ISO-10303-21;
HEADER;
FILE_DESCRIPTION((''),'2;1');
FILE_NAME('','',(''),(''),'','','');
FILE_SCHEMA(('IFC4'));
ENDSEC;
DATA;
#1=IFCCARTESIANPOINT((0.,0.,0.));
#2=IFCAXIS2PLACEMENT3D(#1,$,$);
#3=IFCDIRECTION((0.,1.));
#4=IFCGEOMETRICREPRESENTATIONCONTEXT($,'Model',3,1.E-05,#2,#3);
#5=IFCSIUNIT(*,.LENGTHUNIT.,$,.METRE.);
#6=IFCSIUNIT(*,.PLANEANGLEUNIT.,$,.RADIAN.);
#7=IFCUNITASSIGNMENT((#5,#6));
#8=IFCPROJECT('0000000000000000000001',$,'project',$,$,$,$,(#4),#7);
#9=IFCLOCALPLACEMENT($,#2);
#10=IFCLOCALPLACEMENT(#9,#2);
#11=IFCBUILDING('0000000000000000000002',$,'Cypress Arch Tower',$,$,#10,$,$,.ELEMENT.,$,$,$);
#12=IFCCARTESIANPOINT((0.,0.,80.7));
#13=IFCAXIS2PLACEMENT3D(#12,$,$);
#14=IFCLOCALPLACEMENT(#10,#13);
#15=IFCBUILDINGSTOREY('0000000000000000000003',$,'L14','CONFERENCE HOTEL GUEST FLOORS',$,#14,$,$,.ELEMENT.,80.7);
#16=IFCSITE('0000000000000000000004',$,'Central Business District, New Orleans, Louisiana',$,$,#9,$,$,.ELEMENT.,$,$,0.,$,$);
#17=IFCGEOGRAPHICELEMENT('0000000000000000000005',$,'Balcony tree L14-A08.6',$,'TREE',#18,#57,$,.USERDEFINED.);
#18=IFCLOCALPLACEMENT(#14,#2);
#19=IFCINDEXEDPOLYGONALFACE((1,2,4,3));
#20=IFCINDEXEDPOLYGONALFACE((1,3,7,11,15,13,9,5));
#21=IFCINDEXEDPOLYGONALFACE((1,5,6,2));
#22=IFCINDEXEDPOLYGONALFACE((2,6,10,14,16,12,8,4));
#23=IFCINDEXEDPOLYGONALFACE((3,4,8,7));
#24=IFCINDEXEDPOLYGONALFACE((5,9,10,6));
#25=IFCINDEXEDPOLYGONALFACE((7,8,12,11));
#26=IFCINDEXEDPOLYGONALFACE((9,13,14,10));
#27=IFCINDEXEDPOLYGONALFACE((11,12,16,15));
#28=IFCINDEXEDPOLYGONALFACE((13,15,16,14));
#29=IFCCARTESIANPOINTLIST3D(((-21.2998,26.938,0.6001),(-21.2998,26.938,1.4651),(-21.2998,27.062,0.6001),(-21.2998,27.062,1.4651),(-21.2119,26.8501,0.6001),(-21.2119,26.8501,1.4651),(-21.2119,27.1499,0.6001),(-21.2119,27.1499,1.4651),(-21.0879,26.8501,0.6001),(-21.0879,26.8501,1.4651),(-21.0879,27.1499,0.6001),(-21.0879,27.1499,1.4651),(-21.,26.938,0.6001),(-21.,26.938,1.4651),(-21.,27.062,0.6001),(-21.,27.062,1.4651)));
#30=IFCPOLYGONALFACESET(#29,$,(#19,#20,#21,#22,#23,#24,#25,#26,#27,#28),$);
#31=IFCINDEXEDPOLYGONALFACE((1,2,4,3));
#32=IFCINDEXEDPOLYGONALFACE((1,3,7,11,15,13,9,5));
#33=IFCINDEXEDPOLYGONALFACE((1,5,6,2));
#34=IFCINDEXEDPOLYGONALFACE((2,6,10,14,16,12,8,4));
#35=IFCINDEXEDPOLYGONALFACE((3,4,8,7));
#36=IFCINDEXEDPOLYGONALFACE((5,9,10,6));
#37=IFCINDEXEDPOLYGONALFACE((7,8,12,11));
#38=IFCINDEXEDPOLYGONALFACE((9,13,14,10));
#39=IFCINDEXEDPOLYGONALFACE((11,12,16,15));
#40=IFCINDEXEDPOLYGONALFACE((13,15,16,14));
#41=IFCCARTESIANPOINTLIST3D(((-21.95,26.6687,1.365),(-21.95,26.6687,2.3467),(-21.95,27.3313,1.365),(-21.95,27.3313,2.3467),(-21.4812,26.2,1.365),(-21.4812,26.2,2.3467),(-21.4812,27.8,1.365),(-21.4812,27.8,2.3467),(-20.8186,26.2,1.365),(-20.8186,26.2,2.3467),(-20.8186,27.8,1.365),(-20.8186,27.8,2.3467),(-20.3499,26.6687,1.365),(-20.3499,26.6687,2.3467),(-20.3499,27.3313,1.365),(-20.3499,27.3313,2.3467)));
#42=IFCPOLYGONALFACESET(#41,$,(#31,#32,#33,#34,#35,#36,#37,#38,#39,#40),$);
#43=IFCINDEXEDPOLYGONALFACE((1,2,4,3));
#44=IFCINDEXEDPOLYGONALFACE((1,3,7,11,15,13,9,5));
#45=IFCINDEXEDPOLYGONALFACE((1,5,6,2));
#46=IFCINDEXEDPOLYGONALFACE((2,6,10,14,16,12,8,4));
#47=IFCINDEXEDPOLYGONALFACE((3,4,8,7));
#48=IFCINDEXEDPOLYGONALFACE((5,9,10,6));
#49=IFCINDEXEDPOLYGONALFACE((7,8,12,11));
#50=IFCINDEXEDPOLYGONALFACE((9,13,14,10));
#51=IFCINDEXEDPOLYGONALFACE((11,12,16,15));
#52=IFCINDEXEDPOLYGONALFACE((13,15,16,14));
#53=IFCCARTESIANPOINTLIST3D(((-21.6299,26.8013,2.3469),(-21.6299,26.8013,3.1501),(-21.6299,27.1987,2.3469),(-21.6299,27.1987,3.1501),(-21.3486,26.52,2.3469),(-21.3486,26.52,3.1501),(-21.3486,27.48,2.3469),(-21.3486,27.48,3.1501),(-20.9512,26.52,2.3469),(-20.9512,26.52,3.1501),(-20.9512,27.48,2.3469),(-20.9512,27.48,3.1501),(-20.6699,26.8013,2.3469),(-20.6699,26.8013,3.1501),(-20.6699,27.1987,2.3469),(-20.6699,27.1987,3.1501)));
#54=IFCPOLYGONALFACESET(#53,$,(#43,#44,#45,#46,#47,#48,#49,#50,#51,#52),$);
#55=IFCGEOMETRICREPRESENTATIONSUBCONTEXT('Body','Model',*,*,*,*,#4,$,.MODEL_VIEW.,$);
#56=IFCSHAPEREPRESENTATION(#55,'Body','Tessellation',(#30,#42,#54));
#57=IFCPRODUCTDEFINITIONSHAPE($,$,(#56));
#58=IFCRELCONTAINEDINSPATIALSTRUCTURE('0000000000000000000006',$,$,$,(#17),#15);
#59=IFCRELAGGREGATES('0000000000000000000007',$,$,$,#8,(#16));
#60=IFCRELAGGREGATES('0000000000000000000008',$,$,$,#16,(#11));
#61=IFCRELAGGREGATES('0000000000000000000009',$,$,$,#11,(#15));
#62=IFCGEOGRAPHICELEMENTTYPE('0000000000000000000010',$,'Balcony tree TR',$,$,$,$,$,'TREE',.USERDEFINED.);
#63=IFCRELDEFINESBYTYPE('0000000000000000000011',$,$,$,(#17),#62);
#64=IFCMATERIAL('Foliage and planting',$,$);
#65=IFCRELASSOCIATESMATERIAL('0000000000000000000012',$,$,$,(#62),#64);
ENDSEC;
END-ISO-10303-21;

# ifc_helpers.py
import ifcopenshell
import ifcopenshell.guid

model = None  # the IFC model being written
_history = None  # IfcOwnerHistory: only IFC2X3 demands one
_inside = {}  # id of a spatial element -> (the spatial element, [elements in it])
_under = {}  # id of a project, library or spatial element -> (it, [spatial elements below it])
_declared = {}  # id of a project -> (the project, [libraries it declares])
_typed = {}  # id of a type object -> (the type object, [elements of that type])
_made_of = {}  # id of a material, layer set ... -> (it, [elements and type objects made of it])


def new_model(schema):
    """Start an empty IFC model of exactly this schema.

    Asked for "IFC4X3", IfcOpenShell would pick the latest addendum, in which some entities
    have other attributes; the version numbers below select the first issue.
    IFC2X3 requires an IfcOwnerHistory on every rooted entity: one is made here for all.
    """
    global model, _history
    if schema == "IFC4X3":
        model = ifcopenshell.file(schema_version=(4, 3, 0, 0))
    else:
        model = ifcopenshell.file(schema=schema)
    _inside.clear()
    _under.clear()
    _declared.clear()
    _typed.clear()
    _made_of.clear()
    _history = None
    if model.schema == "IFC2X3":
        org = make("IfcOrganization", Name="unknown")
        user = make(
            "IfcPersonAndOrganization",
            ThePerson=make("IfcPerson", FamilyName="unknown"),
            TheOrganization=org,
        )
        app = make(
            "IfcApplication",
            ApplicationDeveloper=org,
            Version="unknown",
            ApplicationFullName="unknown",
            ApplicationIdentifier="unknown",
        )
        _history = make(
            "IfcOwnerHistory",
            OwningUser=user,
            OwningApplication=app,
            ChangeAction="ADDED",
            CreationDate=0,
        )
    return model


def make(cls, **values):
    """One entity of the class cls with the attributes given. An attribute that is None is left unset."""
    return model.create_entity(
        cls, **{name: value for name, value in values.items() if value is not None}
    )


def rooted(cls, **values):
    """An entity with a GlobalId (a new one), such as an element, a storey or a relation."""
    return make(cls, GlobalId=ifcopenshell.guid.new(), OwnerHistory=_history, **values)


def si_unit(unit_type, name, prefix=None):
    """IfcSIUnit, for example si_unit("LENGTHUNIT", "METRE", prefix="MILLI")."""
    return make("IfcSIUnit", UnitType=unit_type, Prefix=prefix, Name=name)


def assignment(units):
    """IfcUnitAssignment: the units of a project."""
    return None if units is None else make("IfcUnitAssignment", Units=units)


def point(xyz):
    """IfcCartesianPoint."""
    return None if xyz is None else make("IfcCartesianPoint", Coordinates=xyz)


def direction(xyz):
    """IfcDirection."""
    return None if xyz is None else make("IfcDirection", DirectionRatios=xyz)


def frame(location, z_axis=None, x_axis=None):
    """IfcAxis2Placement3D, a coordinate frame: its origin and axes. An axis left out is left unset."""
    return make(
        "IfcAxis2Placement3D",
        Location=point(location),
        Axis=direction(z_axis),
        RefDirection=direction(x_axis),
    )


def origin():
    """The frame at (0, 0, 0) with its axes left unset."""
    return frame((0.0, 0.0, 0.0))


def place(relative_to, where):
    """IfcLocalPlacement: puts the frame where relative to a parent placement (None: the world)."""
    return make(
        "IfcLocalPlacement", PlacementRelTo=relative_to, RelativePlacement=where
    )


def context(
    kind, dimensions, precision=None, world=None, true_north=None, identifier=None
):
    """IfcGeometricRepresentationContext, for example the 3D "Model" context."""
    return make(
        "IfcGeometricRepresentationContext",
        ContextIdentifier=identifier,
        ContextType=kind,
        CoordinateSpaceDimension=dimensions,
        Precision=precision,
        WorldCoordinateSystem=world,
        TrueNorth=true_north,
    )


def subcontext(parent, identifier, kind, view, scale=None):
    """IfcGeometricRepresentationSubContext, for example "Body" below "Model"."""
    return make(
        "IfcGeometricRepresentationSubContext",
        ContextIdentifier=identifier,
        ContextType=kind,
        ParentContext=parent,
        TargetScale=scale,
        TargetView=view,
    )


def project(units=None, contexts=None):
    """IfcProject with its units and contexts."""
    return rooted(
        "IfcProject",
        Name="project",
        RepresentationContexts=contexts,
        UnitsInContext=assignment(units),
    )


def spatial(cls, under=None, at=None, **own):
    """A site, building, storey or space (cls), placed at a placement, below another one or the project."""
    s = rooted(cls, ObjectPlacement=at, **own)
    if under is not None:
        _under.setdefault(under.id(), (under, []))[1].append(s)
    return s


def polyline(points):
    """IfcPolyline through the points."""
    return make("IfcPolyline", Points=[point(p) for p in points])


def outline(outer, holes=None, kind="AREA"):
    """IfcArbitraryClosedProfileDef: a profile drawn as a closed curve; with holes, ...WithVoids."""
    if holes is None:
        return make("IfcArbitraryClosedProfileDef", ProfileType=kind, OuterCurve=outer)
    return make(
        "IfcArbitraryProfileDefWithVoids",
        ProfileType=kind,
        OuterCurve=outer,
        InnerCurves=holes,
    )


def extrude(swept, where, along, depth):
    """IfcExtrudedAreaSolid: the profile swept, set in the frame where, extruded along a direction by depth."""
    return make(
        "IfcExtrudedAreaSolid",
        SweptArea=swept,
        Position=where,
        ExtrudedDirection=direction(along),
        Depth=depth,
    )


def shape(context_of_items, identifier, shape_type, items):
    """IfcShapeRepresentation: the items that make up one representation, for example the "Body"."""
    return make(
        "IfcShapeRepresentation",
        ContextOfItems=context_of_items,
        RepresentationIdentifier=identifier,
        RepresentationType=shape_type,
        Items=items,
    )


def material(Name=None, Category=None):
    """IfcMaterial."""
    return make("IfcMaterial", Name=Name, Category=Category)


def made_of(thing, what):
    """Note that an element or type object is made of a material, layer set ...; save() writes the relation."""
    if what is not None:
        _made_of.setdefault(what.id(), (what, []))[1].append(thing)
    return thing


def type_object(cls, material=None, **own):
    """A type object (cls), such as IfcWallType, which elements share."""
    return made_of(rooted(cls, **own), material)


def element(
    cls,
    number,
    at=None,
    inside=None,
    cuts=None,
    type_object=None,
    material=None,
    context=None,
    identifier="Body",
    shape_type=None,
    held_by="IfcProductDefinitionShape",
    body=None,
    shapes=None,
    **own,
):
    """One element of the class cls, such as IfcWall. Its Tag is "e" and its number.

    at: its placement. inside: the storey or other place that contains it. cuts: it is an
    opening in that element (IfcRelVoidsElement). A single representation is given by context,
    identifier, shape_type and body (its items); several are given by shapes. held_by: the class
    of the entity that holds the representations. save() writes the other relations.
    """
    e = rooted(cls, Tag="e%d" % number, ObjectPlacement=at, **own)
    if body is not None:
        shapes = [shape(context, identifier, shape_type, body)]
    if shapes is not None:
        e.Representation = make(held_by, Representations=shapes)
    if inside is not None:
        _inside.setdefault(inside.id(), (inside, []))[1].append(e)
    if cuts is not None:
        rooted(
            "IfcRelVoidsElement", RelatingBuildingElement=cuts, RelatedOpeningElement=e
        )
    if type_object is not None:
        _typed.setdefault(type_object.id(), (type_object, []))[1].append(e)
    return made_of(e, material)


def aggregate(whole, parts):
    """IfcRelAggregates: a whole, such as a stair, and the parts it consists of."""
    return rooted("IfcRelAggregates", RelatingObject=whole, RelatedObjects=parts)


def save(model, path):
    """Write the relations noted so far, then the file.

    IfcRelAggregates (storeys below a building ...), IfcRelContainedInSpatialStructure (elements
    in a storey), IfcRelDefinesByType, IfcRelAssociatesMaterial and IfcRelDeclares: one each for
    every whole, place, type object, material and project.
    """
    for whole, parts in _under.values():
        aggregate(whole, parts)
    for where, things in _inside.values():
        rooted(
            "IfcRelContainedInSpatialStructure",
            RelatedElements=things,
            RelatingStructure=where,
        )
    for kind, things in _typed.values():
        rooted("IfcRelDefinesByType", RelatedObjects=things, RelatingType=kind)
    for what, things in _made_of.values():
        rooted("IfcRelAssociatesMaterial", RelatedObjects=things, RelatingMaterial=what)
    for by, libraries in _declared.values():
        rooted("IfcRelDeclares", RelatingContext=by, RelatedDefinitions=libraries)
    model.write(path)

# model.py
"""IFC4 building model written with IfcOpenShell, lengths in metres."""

from ifc_helpers import new_model, si_unit, direction, frame, origin, place, context, subcontext, project, spatial, polyline, outline, extrude, material, type_object, element, save


model = new_model("IFC4")

# Units and contexts
model_context = context("Model", 3, precision=1e-05, world=origin(), true_north=direction((0.0, 1.0)))
body_context = subcontext(model_context, "Body", "Model", "MODEL_VIEW")
ifc_project = project(units=[si_unit("LENGTHUNIT", "METRE"), si_unit("PLANEANGLEUNIT", "RADIAN")], contexts=[model_context])

# Site, building, storey
site_placement = place(None, origin())
site = spatial("IfcSite", under=ifc_project, at=site_placement, Name="Central Business District, New Orleans, Louisiana", CompositionType="ELEMENT", RefElevation=0.0)
building_placement = place(site_placement, origin())
building = spatial("IfcBuilding", under=site, at=building_placement, Name="Cypress Arch Tower", CompositionType="ELEMENT")
storey_placement = place(building_placement, frame((0.0, 0.0, 80.7)))
storey = spatial("IfcBuildingStorey", under=building, at=storey_placement, Name="L14", Description="CONFERENCE HOTEL GUEST FLOORS", CompositionType="ELEMENT", Elevation=80.7)

# Geographic element
ifc_material_1 = material(Name="Foliage and planting")
geographic_element_type = type_object("IfcGeographicElementType", Name="Balcony tree TR", ElementType="TREE", PredefinedType="USERDEFINED", material=ifc_material_1)
geographic_element_placement = place(storey_placement, frame((-21.1499, 27.0, 0.6001), z_axis=(0.0, 0.0, 1.0), x_axis=(1.0, 0.0, 0.0)))
element("IfcGeographicElement", 1, at=geographic_element_placement, inside=storey, type_object=geographic_element_type, Name="Balcony tree L14-A08.6", ObjectType="TREE", PredefinedType="USERDEFINED", context=body_context, shape_type="SweptSolid", body=[
    extrude(outline(polyline([(0.1499, 0.062), (0.062, 0.1499), (-0.062, 0.1499), (-0.1499, 0.062), (-0.1499, -0.062), (-0.062, -0.1499), (0.062, -0.1499), (0.1499, -0.062), (0.1499, 0.062)])), origin(), (0.0, 0.0, 1.0), 0.865),
    extrude(outline(polyline([(0.8, 0.3313), (0.3313, 0.8), (-0.3313, 0.8), (-0.8, 0.3313), (-0.8, -0.3313), (-0.3313, -0.8), (0.3313, -0.8), (0.8, -0.3313), (0.8, 0.3313)])), frame((0.0, 0.0, 0.7649)), (0.0, 0.0, 1.0), 0.9817),
    extrude(outline(polyline([(0.48, 0.1987), (0.1987, 0.48), (-0.1987, 0.48), (-0.48, 0.1987), (-0.48, -0.1987), (-0.1987, -0.48), (0.1987, -0.48), (0.48, -0.1987), (0.48, 0.1987)])), frame((0.0, 0.0, 1.7468)), (0.0, 0.0, 1.0), 0.8032),
])

save(model, "model.ifc")
